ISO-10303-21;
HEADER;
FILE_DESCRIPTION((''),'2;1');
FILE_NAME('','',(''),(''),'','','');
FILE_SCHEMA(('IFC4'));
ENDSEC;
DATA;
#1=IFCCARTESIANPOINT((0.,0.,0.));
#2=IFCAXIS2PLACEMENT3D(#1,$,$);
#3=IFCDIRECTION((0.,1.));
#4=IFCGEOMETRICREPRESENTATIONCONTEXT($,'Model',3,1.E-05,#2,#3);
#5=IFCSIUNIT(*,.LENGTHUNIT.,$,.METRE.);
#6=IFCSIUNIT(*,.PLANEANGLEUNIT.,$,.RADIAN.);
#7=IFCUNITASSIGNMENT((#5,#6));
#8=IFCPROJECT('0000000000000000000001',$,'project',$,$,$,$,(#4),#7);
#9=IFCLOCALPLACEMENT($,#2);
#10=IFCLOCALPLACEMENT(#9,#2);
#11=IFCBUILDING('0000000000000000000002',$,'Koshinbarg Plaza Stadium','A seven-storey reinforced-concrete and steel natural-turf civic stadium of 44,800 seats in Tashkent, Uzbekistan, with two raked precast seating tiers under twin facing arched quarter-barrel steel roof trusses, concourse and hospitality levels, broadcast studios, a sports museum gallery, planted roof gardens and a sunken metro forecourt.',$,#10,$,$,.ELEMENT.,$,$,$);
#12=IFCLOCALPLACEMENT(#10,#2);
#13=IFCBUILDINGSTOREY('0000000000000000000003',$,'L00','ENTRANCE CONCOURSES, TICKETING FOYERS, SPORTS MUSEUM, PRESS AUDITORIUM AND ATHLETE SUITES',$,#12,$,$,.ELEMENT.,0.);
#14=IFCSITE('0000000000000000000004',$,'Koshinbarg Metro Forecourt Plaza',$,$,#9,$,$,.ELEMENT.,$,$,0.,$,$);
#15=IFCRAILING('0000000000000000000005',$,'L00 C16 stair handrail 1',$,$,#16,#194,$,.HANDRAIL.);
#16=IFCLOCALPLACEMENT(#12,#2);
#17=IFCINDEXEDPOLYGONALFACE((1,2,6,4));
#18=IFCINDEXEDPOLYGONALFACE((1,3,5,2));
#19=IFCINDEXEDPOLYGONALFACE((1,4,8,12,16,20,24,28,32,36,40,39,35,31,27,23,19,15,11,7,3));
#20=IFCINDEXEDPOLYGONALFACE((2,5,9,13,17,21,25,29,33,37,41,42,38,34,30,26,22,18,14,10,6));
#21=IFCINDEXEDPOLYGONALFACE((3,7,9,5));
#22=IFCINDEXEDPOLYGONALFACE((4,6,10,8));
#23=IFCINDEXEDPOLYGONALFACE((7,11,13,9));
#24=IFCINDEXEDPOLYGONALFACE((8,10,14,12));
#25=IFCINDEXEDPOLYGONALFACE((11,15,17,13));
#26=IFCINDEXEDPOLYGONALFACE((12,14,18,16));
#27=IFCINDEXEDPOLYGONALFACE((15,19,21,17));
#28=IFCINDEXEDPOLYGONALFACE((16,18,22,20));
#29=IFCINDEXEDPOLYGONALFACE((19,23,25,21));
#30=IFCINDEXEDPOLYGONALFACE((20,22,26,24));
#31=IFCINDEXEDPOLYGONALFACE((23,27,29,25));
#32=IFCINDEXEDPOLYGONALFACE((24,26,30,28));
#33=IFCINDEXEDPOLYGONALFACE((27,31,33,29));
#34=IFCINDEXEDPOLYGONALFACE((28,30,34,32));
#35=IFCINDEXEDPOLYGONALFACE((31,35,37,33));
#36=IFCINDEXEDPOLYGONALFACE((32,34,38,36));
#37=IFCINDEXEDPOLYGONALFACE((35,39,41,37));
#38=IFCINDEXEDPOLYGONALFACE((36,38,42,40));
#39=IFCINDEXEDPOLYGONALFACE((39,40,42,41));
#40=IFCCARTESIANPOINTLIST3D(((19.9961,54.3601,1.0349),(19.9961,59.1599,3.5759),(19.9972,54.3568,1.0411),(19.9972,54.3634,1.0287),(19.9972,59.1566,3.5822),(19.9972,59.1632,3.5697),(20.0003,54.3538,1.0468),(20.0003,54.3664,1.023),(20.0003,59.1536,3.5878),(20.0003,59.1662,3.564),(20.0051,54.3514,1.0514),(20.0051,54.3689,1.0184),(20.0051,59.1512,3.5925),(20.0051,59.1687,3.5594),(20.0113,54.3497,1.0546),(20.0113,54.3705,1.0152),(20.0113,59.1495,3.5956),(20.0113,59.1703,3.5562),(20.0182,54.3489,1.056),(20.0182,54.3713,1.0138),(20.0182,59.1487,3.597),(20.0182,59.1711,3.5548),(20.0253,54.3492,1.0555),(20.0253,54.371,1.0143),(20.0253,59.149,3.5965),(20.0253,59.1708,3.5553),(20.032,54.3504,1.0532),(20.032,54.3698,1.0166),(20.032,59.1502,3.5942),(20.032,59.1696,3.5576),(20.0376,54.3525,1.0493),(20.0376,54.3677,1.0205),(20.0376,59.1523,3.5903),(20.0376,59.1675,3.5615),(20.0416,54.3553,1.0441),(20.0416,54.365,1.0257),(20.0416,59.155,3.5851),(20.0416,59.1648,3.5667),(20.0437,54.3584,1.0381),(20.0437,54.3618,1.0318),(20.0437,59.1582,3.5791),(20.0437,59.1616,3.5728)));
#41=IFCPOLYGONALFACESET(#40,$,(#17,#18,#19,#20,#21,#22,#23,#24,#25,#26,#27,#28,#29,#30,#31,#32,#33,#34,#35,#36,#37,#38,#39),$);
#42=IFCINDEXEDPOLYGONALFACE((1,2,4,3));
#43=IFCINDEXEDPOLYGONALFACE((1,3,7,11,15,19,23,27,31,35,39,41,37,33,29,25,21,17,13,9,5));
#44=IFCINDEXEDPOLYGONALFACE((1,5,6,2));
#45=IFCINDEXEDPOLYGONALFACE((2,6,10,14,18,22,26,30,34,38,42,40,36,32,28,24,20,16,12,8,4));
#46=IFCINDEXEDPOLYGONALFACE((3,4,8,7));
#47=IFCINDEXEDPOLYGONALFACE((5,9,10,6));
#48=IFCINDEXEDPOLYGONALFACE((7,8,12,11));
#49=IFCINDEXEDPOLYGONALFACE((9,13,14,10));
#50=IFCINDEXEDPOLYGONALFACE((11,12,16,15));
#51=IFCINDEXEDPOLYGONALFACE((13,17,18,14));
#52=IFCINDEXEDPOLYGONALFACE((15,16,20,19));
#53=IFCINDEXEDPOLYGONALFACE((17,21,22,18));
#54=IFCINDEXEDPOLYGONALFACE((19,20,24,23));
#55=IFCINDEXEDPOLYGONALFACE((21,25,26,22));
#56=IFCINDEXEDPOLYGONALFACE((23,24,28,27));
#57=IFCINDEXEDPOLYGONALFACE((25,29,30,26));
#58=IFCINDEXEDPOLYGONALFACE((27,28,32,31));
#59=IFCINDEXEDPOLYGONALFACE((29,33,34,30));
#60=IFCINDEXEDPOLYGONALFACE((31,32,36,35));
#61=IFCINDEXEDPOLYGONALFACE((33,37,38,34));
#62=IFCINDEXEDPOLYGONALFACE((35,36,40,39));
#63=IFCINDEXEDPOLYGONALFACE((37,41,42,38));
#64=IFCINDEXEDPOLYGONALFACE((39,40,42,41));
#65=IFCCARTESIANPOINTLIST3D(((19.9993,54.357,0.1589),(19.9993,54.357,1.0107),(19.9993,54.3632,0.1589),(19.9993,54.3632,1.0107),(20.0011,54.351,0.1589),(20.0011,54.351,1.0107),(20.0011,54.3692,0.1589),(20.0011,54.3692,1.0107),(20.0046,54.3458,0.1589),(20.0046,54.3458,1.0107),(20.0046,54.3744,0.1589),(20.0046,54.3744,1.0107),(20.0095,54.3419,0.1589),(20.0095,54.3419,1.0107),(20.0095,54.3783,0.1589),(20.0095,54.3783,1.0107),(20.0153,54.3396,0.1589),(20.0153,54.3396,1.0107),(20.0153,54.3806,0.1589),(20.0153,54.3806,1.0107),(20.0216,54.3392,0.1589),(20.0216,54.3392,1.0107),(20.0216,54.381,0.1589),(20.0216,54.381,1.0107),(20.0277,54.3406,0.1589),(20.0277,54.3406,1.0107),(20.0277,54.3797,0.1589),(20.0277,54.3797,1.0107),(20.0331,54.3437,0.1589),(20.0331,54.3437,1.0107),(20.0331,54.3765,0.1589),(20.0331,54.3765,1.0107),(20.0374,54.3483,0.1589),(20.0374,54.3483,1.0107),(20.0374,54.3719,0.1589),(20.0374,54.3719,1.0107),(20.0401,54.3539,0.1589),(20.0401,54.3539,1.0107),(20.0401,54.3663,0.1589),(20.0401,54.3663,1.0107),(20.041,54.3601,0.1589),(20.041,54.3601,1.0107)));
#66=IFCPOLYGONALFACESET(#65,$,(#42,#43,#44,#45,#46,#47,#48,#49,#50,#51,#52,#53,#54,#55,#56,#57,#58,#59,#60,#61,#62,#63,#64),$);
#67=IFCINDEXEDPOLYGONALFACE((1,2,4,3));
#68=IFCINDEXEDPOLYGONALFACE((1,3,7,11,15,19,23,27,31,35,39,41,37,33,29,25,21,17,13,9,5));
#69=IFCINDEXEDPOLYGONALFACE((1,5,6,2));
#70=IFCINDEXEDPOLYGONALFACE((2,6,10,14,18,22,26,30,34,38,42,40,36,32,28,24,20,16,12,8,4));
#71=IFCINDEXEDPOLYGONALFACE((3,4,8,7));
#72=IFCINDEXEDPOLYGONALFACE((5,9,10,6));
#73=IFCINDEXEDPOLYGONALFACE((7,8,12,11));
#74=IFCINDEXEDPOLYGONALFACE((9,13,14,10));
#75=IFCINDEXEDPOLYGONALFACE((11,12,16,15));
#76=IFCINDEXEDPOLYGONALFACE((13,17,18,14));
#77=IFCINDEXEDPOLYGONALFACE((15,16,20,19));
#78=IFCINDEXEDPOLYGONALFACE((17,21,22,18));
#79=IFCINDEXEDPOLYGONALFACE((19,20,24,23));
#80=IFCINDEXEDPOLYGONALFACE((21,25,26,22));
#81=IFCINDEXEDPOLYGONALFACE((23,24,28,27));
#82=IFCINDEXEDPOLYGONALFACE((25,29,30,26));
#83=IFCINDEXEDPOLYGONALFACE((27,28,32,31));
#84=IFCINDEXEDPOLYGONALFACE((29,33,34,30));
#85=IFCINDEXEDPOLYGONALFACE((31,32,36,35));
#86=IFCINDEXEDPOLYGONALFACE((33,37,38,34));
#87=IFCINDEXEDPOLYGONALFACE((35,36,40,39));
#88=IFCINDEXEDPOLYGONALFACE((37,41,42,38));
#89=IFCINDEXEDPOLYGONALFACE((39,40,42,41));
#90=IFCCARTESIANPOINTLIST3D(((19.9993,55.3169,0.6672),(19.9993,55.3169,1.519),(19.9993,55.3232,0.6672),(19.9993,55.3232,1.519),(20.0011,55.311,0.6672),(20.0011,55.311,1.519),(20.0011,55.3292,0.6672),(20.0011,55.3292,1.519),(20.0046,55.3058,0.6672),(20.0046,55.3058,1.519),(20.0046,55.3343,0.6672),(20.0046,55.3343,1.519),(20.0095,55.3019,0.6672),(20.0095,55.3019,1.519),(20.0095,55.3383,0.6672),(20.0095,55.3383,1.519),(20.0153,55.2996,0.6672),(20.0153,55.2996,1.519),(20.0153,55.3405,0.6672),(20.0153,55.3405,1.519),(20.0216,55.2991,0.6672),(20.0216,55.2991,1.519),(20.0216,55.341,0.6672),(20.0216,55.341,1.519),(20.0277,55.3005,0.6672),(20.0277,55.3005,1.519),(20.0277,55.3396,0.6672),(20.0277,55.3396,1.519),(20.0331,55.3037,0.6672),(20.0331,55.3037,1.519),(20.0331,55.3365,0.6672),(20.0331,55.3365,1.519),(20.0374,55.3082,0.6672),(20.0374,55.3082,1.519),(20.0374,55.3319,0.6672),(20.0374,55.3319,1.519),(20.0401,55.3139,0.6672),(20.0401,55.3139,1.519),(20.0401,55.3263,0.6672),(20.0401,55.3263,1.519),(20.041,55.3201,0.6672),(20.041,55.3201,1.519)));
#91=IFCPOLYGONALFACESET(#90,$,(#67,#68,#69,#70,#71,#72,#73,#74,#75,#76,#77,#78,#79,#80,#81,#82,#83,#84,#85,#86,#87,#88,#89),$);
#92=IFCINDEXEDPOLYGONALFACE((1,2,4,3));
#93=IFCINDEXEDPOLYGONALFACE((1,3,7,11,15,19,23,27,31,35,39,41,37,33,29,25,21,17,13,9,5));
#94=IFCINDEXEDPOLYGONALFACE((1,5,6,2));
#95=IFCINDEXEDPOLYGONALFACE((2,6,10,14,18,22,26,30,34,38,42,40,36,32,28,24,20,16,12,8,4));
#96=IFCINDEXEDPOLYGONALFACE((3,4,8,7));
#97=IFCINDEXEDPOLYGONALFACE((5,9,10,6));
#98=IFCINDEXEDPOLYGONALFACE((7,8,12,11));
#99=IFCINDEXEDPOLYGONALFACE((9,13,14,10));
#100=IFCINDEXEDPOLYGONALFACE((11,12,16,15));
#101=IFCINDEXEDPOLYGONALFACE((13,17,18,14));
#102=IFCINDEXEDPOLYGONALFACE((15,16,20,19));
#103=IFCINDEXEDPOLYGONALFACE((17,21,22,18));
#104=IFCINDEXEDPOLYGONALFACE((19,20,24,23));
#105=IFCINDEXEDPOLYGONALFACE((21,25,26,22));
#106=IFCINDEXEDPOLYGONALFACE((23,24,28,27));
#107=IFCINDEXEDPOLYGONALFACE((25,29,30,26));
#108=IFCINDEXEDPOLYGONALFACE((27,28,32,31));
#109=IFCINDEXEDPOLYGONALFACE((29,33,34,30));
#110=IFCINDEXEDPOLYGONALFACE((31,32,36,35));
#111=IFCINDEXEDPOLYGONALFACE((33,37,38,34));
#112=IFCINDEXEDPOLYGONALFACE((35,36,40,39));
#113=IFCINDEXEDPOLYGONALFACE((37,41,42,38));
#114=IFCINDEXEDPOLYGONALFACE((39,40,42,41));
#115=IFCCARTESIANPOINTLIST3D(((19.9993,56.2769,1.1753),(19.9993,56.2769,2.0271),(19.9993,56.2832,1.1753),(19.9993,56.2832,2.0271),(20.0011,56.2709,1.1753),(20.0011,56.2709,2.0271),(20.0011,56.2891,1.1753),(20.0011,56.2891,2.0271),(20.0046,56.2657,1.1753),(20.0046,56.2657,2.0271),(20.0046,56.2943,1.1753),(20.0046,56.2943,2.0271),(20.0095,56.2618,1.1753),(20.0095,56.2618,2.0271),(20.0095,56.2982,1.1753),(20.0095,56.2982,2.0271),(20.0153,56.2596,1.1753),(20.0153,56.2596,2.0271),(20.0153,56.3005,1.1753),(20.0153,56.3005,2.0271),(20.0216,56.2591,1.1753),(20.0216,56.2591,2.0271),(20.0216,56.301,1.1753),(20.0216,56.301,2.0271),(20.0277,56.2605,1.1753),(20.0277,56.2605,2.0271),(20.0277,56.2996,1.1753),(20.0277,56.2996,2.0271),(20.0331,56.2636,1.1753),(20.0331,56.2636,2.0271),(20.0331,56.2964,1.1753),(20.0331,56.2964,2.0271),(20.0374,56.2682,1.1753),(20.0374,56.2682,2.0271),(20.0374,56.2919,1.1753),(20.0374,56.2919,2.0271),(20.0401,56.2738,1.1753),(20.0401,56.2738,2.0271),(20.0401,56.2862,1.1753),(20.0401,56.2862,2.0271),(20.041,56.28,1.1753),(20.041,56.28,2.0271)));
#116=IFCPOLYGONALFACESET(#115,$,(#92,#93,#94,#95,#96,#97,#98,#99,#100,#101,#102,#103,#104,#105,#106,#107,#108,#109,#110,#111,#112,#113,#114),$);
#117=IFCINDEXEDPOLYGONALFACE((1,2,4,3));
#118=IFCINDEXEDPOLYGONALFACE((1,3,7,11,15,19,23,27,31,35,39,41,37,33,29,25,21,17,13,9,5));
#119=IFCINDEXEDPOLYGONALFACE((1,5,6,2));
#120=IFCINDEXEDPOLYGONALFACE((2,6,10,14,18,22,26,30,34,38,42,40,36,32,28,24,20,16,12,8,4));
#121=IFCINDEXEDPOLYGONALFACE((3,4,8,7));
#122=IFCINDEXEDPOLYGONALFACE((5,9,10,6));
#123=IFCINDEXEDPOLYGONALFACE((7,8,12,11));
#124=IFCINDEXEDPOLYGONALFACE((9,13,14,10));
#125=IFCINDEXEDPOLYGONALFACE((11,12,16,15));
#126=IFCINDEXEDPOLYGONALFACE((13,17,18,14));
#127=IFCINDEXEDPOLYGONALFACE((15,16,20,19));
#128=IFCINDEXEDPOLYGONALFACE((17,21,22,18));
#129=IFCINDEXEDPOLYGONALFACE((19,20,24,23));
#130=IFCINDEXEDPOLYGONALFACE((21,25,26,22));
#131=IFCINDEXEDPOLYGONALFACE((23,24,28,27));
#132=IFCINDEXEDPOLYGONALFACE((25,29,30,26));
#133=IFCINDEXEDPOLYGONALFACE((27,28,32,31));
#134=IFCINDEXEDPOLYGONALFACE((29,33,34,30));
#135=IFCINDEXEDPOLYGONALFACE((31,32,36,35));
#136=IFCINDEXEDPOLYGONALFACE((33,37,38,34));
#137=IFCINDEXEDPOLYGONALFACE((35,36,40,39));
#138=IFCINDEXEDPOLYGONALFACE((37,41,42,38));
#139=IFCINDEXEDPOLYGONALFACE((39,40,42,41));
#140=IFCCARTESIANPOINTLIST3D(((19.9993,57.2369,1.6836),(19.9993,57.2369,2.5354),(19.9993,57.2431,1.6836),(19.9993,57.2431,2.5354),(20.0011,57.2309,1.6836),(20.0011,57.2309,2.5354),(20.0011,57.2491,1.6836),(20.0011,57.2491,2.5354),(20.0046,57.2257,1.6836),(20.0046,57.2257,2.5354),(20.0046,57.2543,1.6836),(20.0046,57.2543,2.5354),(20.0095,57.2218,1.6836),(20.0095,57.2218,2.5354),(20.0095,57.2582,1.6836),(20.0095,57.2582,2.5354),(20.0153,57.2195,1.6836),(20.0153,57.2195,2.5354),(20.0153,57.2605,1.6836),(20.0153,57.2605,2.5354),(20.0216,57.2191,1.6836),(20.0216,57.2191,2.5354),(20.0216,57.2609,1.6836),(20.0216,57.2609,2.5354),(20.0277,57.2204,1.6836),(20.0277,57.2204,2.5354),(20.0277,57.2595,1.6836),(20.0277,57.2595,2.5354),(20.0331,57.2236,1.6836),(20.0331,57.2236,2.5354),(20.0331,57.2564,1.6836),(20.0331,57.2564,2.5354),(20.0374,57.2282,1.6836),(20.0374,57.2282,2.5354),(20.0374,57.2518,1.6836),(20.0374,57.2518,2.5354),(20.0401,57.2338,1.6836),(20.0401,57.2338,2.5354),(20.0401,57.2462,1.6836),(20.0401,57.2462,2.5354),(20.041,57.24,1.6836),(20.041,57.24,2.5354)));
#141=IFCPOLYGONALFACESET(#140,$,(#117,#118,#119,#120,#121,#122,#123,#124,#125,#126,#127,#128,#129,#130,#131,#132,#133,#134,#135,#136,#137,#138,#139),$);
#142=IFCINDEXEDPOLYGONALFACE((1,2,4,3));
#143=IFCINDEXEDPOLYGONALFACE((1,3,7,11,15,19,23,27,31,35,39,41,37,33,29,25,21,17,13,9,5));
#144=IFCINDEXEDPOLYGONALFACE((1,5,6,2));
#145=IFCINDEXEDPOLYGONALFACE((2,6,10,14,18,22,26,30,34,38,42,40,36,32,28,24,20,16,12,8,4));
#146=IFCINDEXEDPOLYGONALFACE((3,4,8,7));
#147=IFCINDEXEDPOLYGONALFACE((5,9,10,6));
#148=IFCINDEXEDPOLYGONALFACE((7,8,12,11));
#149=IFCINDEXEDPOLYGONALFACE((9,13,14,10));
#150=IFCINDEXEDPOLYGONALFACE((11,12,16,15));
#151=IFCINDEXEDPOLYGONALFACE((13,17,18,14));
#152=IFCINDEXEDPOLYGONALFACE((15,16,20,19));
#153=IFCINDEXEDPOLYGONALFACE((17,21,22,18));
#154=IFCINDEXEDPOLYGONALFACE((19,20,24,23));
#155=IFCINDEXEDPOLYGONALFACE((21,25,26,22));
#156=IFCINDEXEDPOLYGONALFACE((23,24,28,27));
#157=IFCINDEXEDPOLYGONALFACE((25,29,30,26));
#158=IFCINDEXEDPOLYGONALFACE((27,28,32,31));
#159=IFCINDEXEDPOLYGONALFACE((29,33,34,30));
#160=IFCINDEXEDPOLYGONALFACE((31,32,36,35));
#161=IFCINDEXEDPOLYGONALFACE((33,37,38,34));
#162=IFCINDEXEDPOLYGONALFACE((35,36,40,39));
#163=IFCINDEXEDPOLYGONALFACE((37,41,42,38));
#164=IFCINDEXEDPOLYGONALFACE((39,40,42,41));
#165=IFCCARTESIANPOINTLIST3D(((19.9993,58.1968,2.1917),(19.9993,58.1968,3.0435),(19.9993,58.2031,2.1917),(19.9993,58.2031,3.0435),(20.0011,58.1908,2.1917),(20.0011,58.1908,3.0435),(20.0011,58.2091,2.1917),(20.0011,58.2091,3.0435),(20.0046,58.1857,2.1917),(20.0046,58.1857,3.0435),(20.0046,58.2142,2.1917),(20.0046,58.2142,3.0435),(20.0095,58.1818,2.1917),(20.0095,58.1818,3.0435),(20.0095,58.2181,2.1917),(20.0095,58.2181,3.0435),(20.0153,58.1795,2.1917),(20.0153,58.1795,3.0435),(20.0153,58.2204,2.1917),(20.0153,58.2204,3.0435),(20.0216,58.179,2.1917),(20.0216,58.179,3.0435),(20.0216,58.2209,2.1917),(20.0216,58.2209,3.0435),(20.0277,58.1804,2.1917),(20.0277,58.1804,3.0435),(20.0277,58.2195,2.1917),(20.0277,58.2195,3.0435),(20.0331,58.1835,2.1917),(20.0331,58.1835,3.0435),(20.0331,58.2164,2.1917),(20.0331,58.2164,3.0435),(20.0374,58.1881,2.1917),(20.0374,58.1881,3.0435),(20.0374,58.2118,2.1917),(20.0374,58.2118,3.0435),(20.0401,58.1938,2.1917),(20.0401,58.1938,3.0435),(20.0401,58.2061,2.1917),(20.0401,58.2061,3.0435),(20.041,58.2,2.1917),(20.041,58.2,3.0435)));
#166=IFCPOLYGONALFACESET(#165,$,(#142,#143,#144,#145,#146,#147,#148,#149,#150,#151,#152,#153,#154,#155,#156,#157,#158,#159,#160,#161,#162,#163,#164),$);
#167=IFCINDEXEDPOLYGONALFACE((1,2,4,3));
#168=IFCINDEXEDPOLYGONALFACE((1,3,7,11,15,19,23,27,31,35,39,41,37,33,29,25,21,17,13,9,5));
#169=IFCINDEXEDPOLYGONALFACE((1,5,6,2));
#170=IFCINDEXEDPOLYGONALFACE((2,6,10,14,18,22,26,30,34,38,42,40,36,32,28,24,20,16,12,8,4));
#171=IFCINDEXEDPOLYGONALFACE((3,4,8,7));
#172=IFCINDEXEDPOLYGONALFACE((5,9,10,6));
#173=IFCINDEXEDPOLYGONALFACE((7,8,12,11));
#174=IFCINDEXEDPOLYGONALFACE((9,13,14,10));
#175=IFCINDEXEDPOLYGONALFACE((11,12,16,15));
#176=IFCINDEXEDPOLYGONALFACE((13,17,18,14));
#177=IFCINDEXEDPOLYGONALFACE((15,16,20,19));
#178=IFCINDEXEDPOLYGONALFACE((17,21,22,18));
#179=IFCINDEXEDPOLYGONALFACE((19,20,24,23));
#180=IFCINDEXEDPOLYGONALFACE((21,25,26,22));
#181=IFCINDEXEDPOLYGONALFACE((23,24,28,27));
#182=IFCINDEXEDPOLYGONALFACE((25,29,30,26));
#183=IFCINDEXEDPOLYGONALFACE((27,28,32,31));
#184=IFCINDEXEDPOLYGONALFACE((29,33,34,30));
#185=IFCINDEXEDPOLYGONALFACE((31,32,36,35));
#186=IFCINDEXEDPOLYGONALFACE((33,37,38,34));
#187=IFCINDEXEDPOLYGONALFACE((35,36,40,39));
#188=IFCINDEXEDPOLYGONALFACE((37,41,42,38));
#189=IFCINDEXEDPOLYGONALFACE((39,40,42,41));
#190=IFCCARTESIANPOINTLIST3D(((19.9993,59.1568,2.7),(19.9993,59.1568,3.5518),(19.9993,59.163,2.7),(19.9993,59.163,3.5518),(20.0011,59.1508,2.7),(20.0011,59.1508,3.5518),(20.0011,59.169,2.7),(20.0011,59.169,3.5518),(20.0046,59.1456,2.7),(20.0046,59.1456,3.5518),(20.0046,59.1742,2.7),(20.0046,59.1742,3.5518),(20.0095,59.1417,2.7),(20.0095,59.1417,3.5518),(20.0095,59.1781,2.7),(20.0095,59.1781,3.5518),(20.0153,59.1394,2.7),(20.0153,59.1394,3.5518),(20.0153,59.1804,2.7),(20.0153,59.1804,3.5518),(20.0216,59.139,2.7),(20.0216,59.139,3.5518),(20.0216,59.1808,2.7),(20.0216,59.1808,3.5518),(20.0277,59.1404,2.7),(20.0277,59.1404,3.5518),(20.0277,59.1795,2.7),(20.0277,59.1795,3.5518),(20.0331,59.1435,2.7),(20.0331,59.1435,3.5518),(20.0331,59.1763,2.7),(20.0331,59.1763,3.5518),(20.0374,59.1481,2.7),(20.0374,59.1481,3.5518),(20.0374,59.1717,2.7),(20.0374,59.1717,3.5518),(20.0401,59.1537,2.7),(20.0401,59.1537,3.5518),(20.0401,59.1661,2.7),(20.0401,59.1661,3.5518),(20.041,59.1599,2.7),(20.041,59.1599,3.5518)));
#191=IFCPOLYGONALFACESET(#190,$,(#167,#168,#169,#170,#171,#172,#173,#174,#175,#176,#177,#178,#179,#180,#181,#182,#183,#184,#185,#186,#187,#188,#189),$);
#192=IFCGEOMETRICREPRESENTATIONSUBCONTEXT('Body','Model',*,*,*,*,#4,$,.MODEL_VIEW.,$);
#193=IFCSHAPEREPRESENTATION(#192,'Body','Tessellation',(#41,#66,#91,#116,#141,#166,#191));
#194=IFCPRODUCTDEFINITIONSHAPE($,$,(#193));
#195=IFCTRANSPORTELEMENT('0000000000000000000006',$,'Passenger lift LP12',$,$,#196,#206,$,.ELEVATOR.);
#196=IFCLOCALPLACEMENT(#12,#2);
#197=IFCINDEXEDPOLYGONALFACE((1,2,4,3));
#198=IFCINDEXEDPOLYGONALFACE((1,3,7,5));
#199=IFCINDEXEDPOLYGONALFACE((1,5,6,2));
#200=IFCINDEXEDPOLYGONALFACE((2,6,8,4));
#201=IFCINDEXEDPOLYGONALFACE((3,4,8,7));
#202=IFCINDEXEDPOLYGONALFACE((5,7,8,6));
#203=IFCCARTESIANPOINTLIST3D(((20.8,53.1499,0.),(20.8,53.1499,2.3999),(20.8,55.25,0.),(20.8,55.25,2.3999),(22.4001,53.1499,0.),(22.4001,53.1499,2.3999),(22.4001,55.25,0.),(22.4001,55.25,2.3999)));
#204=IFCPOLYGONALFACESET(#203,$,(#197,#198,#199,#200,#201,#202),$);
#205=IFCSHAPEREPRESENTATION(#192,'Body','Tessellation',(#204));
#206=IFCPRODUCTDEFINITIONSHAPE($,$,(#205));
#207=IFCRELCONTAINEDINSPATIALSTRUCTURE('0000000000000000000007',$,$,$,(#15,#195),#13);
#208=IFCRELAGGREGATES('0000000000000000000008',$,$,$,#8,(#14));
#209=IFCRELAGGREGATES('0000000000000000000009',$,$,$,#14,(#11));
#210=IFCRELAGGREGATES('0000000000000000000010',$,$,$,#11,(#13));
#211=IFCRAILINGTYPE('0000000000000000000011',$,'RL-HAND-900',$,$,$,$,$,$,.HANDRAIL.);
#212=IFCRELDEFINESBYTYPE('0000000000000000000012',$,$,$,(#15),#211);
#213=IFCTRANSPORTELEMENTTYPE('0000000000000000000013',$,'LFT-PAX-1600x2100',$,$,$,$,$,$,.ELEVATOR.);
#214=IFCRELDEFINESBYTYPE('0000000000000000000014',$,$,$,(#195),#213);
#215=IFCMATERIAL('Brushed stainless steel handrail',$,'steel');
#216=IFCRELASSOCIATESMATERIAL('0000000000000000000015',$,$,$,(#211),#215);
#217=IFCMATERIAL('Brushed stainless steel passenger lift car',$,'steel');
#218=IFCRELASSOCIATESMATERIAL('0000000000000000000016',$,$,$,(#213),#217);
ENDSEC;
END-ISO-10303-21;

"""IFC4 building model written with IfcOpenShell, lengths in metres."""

from ifc_helpers import new_model, si_unit, direction, frame, origin, origin_2d, place, context, subcontext, project, spatial, rectangle, circle, extrude, material, type_object, element, save


model = new_model("IFC4")

# Units and contexts
model_context = context("Model", 3, precision=1e-05, world=origin(), true_north=direction((0.0, 1.0)))
body_context = subcontext(model_context, "Body", "Model", "MODEL_VIEW")
ifc_project = project(units=[si_unit("LENGTHUNIT", "METRE"), si_unit("PLANEANGLEUNIT", "RADIAN")], contexts=[model_context])

# Site, building, storey
site_placement = place(None, origin())
site = spatial("IfcSite", under=ifc_project, at=site_placement, Name="Koshinbarg Metro Forecourt Plaza", CompositionType="ELEMENT", RefElevation=0.0)
building_placement = place(site_placement, origin())
building = spatial("IfcBuilding", under=site, at=building_placement, Name="Koshinbarg Plaza Stadium", Description="A seven-storey reinforced-concrete and steel natural-turf civic stadium of 44,800 seats in Tashkent, Uzbekistan, with two raked precast seating tiers under twin facing arched quarter-barrel steel roof trusses, concourse and hospitality levels, broadcast studios, a sports museum gallery, planted roof gardens and a sunken metro forecourt.", CompositionType="ELEMENT")
storey_placement = place(building_placement, origin())
storey = spatial("IfcBuildingStorey", under=building, at=storey_placement, Name="L00", Description="ENTRANCE CONCOURSES, TICKETING FOYERS, SPORTS MUSEUM, PRESS AUDITORIUM AND ATHLETE SUITES", CompositionType="ELEMENT", Elevation=0.0)

# Railing
ifc_material_1 = material(Name="Brushed stainless steel handrail", Category="steel")
railing_type_1 = type_object("IfcRailingType", Name="RL-HAND-900", PredefinedType="HANDRAIL", material=ifc_material_1)
railing_1_placement = place(storey_placement, frame((20.02, 54.3601, 0.1589)))
element("IfcRailing", 1, at=railing_1_placement, inside=storey, type_object=railing_type_1, Name="L00 C16 stair handrail 1", PredefinedType="HANDRAIL", context=body_context, shape_type="SweptSolid", body=[
    extrude(circle(Radius=0.0239, at=origin_2d()), frame((0.0, 0.0, 0.876), z_axis=(0.0, 0.883792, 0.467879), x_axis=(-1.0, 0.0, 0.0)), (0.0, 0.0, 1.0), 5.4309),
    extrude(circle(Radius=0.021, at=origin_2d()), origin(), (0.0, 0.0, 1.0), 0.8518),
    extrude(circle(Radius=0.021, at=origin_2d()), frame((0.0, 0.96, 0.5083)), (0.0, 0.0, 1.0), 0.8518),
    extrude(circle(Radius=0.021, at=origin_2d()), frame((0.0, 1.9199, 1.0164)), (0.0, 0.0, 1.0), 0.8518),
    extrude(circle(Radius=0.021, at=origin_2d()), frame((0.0, 2.8799, 1.5247)), (0.0, 0.0, 1.0), 0.8518),
    extrude(circle(Radius=0.021, at=origin_2d()), frame((0.0, 3.8398, 2.0327)), (0.0, 0.0, 1.0), 0.8518),
    extrude(circle(Radius=0.021, at=origin_2d()), frame((0.0, 4.7998, 2.541)), (0.0, 0.0, 1.0), 0.8518),
])

# Transport element
ifc_material_2 = material(Name="Brushed stainless steel passenger lift car", Category="steel")
transport_element_type = type_object("IfcTransportElementType", Name="LFT-PAX-1600x2100", PredefinedType="ELEVATOR", material=ifc_material_2)
transport_element_placement = place(storey_placement, frame((21.6001, 54.2, 0.0), z_axis=(0.0, 0.0, 1.0), x_axis=(1.0, 0.0, 0.0)))
element("IfcTransportElement", 2, at=transport_element_placement, inside=storey, type_object=transport_element_type, Name="Passenger lift LP12", PredefinedType="ELEVATOR", context=body_context, shape_type="SweptSolid", body=[
    extrude(rectangle(XDim=1.6001, YDim=2.1001, at=origin_2d()), origin(), (0.0, 0.0, 1.0), 2.3999),
])

save(model, "model.ifc")
